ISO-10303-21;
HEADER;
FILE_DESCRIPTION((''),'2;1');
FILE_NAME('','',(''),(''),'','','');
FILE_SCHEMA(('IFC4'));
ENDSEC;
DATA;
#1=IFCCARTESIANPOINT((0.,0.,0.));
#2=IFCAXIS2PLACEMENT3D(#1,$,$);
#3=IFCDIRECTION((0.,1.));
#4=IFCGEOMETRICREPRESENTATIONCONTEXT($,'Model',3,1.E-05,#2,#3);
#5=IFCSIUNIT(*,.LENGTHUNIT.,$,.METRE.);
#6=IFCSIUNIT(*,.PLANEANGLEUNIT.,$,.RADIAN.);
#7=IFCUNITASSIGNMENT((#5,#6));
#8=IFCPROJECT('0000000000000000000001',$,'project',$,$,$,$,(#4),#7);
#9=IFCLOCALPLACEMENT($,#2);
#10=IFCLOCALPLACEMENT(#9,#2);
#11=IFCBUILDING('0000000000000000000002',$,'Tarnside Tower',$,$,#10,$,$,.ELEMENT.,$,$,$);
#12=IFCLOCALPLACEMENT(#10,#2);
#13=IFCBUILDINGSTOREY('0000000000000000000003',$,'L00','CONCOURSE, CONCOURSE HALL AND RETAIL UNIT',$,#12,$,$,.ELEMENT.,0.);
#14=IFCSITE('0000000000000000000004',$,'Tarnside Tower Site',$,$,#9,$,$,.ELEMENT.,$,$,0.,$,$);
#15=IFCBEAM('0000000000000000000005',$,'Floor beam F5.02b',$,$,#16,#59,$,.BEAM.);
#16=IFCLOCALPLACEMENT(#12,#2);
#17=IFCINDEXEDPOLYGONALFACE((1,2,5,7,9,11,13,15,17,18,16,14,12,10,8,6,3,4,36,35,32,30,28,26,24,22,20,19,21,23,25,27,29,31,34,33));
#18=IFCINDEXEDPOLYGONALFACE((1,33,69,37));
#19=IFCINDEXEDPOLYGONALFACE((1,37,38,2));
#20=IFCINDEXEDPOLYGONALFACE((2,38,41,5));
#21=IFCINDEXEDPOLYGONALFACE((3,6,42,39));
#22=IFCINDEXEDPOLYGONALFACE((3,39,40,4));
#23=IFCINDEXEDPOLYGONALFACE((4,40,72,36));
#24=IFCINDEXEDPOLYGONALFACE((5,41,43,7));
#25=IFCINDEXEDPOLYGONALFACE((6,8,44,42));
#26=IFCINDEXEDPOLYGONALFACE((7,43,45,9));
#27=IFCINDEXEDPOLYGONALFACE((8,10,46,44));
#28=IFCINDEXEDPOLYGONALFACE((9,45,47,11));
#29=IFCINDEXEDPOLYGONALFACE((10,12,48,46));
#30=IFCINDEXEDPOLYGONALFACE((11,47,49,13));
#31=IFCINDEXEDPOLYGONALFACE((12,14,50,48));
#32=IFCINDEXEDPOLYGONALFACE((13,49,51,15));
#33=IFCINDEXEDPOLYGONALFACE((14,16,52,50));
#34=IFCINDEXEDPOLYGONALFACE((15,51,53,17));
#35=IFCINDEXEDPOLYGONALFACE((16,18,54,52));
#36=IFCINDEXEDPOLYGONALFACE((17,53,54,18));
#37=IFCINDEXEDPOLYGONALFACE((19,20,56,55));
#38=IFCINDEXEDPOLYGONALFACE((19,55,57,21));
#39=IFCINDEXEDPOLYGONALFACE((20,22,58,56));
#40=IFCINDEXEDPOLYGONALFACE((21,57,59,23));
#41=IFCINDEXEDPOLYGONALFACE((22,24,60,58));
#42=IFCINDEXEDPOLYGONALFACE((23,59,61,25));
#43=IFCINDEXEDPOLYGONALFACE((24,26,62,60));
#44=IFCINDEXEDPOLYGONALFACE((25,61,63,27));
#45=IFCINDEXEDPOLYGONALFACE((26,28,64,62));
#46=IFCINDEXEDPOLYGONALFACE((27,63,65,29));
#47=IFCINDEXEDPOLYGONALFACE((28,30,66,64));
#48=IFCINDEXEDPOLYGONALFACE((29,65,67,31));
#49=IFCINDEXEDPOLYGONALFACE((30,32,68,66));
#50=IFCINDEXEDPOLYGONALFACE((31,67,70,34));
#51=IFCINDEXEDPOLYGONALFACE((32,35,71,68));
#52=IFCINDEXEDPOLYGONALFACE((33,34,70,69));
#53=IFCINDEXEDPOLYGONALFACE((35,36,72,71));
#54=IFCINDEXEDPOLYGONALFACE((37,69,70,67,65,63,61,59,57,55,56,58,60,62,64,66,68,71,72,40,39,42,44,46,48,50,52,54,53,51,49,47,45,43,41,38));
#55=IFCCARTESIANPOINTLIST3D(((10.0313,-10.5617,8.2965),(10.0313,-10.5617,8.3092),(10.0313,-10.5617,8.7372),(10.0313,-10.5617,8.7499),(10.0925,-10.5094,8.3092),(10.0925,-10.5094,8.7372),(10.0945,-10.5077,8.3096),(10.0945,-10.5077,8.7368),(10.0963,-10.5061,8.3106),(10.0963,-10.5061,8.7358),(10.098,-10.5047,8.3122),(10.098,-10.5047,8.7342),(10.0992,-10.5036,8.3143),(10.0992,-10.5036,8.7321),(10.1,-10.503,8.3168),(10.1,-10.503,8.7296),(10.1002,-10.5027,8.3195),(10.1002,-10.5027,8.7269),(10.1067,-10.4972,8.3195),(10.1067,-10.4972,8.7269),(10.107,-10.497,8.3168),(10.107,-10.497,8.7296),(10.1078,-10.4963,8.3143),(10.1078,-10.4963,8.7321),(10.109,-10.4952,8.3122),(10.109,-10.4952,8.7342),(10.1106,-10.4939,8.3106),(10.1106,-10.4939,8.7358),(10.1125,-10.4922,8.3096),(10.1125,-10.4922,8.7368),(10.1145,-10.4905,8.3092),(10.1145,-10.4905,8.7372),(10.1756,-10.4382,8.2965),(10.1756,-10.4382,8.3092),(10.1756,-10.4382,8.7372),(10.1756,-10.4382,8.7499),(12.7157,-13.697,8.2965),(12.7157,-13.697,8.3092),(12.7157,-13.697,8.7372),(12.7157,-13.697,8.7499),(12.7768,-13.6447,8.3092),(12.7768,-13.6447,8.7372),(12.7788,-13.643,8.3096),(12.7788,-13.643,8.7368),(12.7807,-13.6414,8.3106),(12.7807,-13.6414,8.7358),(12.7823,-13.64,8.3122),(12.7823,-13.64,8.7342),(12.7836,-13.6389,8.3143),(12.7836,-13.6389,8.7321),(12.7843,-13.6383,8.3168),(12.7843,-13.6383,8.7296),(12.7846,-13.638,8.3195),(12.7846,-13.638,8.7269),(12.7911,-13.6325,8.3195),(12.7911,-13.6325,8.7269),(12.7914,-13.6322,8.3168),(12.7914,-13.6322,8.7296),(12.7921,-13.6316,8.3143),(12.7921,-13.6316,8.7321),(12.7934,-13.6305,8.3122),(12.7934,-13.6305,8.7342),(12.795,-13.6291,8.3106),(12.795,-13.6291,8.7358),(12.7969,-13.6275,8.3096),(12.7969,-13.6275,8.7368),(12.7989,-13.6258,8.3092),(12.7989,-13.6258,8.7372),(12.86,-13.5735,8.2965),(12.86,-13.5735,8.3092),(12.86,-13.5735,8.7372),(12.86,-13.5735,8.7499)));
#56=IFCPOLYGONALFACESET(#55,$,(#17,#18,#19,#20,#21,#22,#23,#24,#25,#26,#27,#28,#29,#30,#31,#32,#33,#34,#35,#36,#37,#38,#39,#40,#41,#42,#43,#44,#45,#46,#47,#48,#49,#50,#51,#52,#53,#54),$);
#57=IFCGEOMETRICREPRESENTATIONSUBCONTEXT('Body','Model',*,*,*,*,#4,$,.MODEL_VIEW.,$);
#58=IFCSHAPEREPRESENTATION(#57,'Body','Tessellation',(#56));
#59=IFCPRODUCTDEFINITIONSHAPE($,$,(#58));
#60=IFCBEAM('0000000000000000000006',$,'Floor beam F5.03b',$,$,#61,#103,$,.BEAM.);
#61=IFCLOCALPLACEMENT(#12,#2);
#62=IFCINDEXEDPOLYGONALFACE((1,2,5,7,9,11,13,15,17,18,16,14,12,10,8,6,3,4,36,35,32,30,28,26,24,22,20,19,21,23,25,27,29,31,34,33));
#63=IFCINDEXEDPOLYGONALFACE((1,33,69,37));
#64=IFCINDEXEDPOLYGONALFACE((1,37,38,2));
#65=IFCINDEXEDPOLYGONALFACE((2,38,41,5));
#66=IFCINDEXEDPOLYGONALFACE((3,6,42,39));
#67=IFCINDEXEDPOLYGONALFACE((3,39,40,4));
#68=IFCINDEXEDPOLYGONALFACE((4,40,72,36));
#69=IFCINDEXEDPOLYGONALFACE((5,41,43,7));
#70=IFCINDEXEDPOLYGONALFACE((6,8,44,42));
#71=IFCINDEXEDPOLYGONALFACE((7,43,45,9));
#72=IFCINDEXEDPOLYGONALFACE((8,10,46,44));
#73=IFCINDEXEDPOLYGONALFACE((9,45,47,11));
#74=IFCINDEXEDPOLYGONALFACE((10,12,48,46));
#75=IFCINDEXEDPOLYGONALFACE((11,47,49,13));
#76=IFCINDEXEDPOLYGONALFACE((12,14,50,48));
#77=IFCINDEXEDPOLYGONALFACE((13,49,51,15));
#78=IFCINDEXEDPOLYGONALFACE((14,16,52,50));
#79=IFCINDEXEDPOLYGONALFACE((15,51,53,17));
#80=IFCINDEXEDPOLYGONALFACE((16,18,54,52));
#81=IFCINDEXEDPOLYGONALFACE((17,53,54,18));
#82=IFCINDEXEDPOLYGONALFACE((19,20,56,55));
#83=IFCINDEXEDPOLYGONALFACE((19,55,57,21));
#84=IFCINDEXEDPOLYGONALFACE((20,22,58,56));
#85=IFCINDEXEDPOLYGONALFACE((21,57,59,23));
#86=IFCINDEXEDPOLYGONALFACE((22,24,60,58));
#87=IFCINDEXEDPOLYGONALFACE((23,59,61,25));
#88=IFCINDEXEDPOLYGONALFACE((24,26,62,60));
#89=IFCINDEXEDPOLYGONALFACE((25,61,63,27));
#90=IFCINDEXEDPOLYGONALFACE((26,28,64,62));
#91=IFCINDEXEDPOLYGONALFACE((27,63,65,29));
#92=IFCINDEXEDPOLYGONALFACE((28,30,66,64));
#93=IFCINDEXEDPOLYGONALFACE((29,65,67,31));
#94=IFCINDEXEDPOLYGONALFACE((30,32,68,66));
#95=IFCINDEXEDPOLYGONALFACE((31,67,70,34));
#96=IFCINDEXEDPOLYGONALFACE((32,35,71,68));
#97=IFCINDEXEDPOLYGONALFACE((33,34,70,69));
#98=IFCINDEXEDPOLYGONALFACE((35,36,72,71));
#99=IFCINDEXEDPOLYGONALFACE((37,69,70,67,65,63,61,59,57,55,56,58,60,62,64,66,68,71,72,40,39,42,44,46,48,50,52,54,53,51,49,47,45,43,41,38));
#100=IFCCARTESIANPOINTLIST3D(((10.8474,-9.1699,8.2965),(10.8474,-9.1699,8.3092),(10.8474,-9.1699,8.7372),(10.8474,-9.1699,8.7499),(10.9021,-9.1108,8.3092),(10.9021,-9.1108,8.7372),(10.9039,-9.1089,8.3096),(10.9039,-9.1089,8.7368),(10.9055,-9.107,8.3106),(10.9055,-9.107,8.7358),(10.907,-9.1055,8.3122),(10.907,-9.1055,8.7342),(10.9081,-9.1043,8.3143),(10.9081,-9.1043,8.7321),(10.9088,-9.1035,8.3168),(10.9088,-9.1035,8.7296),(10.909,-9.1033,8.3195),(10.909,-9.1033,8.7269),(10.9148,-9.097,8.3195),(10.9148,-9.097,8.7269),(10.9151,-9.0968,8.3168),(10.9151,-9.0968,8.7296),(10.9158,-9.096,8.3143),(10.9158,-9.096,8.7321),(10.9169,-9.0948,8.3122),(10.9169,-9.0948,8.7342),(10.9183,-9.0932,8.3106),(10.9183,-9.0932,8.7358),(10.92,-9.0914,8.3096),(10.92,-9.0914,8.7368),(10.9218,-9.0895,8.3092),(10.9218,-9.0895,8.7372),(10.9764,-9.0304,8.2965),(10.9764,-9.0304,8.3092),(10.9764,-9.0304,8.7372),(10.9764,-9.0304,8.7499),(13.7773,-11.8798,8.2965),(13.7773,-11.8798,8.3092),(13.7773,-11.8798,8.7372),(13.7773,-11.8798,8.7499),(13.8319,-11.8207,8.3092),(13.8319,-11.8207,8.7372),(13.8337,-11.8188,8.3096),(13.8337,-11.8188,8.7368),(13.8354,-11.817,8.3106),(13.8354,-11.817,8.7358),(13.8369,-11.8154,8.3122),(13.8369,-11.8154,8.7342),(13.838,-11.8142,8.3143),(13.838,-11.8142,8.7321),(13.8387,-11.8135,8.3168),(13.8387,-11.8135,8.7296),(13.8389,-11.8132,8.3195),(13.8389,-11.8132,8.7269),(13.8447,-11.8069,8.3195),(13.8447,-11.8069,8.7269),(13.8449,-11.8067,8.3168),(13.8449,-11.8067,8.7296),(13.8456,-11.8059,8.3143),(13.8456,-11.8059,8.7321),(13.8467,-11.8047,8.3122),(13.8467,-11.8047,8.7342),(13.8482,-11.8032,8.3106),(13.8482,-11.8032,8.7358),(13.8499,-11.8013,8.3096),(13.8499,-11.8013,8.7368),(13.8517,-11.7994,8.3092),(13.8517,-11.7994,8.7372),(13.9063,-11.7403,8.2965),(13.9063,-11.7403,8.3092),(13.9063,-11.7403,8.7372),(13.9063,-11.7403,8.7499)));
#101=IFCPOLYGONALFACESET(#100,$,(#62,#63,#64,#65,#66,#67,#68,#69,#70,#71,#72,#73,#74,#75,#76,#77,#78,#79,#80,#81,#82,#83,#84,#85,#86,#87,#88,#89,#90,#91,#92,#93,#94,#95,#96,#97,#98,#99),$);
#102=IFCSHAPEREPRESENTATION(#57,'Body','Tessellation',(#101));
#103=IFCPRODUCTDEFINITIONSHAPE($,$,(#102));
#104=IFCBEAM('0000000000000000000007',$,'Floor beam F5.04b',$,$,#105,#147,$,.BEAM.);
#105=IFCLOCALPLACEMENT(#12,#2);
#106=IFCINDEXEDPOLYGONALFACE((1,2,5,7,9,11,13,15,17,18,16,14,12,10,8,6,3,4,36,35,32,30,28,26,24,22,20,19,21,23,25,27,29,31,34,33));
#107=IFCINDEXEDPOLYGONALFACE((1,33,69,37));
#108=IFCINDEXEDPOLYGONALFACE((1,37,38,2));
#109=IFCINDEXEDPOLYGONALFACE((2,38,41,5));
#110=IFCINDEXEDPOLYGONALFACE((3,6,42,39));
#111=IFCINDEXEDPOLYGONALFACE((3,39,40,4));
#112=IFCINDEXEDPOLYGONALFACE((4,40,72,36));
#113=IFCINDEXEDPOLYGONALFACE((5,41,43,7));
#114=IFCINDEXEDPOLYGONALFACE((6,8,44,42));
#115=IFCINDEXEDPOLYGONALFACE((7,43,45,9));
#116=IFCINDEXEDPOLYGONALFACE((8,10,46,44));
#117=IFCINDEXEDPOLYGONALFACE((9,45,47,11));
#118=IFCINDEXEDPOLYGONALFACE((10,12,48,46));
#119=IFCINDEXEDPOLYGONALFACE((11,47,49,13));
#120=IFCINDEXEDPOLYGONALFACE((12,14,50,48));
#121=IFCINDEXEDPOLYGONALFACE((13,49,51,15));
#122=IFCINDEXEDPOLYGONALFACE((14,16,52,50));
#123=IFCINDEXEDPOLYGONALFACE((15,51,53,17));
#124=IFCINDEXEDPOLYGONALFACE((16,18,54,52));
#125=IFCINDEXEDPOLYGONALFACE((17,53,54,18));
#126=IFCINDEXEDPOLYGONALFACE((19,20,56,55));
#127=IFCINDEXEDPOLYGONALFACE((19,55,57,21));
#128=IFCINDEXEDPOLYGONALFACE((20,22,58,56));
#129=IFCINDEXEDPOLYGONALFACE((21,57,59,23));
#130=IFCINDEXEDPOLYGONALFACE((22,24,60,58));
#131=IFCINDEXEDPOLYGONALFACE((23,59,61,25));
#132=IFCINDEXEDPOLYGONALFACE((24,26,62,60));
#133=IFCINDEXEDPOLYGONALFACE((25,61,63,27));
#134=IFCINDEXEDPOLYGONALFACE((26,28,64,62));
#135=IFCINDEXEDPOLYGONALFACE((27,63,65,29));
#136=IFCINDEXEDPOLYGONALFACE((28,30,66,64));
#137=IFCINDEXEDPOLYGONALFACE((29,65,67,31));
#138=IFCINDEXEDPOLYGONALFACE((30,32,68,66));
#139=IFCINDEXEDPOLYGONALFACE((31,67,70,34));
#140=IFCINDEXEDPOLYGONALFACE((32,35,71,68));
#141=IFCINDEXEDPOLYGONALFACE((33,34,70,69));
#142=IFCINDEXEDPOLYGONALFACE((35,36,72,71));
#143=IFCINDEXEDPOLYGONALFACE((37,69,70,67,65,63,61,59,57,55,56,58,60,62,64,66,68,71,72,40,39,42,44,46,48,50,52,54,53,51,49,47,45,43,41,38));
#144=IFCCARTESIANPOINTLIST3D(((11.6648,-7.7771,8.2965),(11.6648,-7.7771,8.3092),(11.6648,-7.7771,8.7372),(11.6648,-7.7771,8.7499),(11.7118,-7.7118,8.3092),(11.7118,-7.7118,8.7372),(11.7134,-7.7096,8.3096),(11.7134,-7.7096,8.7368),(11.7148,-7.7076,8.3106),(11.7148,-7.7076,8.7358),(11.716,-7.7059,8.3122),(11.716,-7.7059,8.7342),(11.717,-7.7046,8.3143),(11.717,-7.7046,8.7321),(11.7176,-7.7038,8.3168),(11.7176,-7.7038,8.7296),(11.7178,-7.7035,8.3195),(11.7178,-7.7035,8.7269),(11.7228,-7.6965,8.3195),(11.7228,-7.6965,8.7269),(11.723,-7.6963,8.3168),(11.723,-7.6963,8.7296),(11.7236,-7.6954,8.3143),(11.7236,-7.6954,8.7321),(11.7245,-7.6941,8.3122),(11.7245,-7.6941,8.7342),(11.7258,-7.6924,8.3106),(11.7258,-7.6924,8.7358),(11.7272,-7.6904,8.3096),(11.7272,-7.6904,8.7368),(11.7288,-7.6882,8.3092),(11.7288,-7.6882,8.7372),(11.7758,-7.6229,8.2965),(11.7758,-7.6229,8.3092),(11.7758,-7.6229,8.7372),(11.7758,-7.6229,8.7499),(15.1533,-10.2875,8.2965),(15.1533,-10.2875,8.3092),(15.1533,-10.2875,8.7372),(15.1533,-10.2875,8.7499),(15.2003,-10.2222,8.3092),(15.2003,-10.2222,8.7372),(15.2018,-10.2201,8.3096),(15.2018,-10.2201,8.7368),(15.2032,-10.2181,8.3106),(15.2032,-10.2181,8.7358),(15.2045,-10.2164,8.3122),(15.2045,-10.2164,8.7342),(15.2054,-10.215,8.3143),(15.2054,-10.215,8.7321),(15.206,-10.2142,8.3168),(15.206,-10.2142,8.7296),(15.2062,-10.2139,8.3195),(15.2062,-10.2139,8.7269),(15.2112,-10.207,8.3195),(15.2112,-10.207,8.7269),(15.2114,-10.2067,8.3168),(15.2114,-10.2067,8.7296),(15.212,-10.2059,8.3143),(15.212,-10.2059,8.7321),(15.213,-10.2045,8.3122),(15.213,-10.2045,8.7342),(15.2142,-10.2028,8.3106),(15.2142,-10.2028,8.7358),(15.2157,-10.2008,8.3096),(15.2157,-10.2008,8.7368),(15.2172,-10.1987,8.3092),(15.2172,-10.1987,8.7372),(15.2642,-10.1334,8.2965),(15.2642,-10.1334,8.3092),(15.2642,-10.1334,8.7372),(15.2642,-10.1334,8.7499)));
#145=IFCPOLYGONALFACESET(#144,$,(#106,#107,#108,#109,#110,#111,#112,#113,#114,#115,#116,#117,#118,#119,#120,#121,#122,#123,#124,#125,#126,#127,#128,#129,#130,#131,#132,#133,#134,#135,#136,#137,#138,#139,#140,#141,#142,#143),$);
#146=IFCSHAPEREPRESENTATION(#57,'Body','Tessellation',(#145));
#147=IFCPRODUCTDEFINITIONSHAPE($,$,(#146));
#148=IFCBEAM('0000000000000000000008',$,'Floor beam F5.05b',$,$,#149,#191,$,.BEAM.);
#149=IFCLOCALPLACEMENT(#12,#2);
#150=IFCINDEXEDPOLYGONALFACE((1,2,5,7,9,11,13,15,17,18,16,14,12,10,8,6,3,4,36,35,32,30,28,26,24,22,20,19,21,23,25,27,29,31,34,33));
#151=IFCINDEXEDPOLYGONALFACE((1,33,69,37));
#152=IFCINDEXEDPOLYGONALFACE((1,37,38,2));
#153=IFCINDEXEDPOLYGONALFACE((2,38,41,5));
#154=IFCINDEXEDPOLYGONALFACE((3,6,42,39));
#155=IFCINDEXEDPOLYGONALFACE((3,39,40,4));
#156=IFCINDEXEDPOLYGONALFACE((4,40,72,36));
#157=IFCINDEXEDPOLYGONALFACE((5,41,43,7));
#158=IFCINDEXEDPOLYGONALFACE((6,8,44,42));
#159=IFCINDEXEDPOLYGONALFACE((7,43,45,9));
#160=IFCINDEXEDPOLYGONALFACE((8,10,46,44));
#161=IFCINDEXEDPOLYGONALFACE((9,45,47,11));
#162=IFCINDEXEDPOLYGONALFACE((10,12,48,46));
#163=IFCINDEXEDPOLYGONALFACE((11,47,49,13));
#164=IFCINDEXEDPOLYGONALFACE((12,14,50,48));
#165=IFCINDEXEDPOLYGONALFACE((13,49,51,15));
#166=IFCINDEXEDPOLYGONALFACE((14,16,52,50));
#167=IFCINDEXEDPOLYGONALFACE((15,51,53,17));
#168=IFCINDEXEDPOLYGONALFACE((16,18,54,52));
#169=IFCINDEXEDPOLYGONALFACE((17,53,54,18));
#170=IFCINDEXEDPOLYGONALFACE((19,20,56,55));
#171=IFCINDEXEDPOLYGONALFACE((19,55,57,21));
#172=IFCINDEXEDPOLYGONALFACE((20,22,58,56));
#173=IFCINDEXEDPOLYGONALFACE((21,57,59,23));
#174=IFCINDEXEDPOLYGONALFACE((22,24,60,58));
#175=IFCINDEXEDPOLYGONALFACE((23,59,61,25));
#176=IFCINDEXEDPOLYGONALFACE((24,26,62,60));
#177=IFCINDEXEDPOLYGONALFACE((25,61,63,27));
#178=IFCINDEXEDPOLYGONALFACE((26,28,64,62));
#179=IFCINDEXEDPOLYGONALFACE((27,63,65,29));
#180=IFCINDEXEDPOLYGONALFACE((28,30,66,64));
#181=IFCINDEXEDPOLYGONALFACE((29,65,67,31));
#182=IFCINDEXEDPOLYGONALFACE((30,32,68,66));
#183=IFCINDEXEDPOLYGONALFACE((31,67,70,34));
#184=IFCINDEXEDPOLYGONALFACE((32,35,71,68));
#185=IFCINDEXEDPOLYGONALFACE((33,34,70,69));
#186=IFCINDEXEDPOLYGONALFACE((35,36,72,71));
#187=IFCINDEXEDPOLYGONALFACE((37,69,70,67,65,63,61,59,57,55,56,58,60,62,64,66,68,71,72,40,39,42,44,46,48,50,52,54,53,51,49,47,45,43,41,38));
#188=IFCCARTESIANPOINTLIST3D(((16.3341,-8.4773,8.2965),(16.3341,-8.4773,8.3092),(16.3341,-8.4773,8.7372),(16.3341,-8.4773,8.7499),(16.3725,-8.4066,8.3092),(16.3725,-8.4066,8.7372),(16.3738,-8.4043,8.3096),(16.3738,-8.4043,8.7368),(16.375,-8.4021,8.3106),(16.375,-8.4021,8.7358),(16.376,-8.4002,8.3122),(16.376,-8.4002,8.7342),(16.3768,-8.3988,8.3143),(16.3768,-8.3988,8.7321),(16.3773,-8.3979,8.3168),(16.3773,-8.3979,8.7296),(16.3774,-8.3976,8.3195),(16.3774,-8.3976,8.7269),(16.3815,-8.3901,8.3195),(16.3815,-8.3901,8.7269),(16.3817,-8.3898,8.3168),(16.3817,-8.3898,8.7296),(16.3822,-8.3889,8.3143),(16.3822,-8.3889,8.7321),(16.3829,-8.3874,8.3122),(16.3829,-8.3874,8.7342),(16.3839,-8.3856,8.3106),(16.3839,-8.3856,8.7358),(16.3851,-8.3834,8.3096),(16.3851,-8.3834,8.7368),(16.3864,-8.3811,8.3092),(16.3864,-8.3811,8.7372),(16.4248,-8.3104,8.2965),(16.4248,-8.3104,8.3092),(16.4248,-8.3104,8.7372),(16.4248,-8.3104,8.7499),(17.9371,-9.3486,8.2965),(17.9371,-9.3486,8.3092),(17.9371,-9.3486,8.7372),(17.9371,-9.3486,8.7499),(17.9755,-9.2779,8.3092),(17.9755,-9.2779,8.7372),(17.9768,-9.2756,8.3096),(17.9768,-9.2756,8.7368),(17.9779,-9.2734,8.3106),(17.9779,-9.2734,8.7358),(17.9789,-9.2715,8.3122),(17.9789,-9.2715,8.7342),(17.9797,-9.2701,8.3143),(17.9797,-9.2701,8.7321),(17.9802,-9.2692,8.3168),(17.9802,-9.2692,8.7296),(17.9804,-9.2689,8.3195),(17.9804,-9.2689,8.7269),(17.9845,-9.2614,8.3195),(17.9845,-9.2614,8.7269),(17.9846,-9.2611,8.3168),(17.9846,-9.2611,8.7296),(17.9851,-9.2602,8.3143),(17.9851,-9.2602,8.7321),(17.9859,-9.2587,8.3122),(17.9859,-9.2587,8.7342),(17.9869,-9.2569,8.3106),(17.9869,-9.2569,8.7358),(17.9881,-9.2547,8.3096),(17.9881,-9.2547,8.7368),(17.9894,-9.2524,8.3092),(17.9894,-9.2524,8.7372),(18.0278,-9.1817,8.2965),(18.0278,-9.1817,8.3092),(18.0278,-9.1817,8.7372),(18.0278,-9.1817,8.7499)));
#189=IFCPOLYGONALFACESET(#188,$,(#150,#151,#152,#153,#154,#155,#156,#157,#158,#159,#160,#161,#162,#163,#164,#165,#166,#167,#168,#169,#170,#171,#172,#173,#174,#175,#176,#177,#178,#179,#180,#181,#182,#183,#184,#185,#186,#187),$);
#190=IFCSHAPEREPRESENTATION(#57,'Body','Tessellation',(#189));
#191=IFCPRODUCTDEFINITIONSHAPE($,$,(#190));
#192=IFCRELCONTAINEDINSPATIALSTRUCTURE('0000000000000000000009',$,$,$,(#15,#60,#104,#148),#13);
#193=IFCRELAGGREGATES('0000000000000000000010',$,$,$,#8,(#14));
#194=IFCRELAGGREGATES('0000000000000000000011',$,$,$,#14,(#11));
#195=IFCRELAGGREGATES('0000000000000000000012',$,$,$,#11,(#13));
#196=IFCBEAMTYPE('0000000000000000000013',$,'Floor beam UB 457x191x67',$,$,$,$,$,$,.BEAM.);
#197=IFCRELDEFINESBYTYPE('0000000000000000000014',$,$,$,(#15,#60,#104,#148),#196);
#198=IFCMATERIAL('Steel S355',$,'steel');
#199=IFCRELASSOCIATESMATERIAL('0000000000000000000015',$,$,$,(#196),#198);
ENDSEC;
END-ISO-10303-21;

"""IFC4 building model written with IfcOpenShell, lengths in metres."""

from ifc_helpers import new_model, si_unit, direction, frame, origin, origin_2d, place, context, subcontext, project, spatial, i_section, extrude, material, material_profile, profile_set, type_object, element, save


model = new_model("IFC4")

# Units and contexts
model_context = context("Model", 3, precision=1e-05, world=origin(), true_north=direction((0.0, 1.0)))
body_context = subcontext(model_context, "Body", "Model", "MODEL_VIEW")
ifc_project = project(units=[si_unit("LENGTHUNIT", "METRE"), si_unit("PLANEANGLEUNIT", "RADIAN")], contexts=[model_context])

# Site, building, storey
site_placement = place(None, origin())
site = spatial("IfcSite", under=ifc_project, at=site_placement, Name="Tarnside Tower Site", CompositionType="ELEMENT", RefElevation=0.0)
building_placement = place(site_placement, origin())
building = spatial("IfcBuilding", under=site, at=building_placement, Name="Tarnside Tower", CompositionType="ELEMENT")
storey_placement = place(building_placement, origin())
storey = spatial("IfcBuildingStorey", under=building, at=storey_placement, Name="L00", Description="CONCOURSE, CONCOURSE HALL AND RETAIL UNIT", CompositionType="ELEMENT", Elevation=0.0)

# Beams
ifc_material_1 = material(Name="Steel S355", Category="steel")
ifc_material_profile_1 = material_profile(ifc_material_1, i_section(OverallWidth=0.1899, OverallDepth=0.4534, WebThickness=0.0085, FlangeThickness=0.0127, FilletRadius=0.0103, at=origin_2d()), Name="UB 457x191x67")
ifc_profile_set_1 = profile_set([ifc_material_profile_1], Name="Steel S355")
beam_type_1 = type_object("IfcBeamType", Name="Floor beam UB 457x191x67", PredefinedType="BEAM", material=ifc_profile_set_1)
beam_1_placement = place(storey_placement, frame((12.7878, -13.6353, 8.5232), z_axis=(-0.650367, 0.75962, 0.0), x_axis=(-0.75962, -0.650367, 0.0)))
element("IfcBeam", 1, at=beam_1_placement, inside=storey, type_object=beam_type_1, Name="Floor beam F5.02b", PredefinedType="BEAM", context=body_context, shape_type="SweptSolid", body=[
    extrude(i_section(OverallWidth=0.1899, OverallDepth=0.4534, WebThickness=0.0085, FlangeThickness=0.0127, FilletRadius=0.0103, at=origin_2d()), origin(), (0.0, 0.0, 1.0), 4.1274),
])
beam_2_placement = place(storey_placement, frame((13.8418, -11.8101, 8.5232), z_axis=(-0.734128, 0.679011, 0.0), x_axis=(-0.679011, -0.734128, 0.0)))
element("IfcBeam", 2, at=beam_2_placement, inside=storey, type_object=beam_type_1, Name="Floor beam F5.03b", PredefinedType="BEAM", context=body_context, shape_type="SweptSolid", body=[
    extrude(i_section(OverallWidth=0.1899, OverallDepth=0.4534, WebThickness=0.0085, FlangeThickness=0.0127, FilletRadius=0.0103, at=origin_2d()), origin(), (0.0, 0.0, 1.0), 3.991),
])
beam_3_placement = place(storey_placement, frame((15.2087, -10.2104, 8.5232), z_axis=(-0.811671, 0.584115, 0.0), x_axis=(-0.584115, -0.811671, 0.0)))
element("IfcBeam", 3, at=beam_3_placement, inside=storey, type_object=beam_type_1, Name="Floor beam F5.04b", PredefinedType="BEAM", context=body_context, shape_type="SweptSolid", body=[
    extrude(i_section(OverallWidth=0.1899, OverallDepth=0.4534, WebThickness=0.0085, FlangeThickness=0.0127, FilletRadius=0.0103, at=origin_2d()), origin(), (0.0, 0.0, 1.0), 4.2979),
])
beam_4_placement = place(storey_placement, frame((17.9824, -9.2651, 8.5232), z_axis=(-0.878595, 0.477567, 0.0), x_axis=(-0.477567, -0.878595, 0.0)))
element("IfcBeam", 4, at=beam_4_placement, inside=storey, type_object=beam_type_1, Name="Floor beam F5.05b", PredefinedType="BEAM", context=body_context, shape_type="SweptSolid", body=[
    extrude(i_section(OverallWidth=0.1899, OverallDepth=0.4534, WebThickness=0.0085, FlangeThickness=0.0127, FilletRadius=0.0103, at=origin_2d()), origin(), (0.0, 0.0, 1.0), 1.8245),
])

save(model, "model.ifc")
